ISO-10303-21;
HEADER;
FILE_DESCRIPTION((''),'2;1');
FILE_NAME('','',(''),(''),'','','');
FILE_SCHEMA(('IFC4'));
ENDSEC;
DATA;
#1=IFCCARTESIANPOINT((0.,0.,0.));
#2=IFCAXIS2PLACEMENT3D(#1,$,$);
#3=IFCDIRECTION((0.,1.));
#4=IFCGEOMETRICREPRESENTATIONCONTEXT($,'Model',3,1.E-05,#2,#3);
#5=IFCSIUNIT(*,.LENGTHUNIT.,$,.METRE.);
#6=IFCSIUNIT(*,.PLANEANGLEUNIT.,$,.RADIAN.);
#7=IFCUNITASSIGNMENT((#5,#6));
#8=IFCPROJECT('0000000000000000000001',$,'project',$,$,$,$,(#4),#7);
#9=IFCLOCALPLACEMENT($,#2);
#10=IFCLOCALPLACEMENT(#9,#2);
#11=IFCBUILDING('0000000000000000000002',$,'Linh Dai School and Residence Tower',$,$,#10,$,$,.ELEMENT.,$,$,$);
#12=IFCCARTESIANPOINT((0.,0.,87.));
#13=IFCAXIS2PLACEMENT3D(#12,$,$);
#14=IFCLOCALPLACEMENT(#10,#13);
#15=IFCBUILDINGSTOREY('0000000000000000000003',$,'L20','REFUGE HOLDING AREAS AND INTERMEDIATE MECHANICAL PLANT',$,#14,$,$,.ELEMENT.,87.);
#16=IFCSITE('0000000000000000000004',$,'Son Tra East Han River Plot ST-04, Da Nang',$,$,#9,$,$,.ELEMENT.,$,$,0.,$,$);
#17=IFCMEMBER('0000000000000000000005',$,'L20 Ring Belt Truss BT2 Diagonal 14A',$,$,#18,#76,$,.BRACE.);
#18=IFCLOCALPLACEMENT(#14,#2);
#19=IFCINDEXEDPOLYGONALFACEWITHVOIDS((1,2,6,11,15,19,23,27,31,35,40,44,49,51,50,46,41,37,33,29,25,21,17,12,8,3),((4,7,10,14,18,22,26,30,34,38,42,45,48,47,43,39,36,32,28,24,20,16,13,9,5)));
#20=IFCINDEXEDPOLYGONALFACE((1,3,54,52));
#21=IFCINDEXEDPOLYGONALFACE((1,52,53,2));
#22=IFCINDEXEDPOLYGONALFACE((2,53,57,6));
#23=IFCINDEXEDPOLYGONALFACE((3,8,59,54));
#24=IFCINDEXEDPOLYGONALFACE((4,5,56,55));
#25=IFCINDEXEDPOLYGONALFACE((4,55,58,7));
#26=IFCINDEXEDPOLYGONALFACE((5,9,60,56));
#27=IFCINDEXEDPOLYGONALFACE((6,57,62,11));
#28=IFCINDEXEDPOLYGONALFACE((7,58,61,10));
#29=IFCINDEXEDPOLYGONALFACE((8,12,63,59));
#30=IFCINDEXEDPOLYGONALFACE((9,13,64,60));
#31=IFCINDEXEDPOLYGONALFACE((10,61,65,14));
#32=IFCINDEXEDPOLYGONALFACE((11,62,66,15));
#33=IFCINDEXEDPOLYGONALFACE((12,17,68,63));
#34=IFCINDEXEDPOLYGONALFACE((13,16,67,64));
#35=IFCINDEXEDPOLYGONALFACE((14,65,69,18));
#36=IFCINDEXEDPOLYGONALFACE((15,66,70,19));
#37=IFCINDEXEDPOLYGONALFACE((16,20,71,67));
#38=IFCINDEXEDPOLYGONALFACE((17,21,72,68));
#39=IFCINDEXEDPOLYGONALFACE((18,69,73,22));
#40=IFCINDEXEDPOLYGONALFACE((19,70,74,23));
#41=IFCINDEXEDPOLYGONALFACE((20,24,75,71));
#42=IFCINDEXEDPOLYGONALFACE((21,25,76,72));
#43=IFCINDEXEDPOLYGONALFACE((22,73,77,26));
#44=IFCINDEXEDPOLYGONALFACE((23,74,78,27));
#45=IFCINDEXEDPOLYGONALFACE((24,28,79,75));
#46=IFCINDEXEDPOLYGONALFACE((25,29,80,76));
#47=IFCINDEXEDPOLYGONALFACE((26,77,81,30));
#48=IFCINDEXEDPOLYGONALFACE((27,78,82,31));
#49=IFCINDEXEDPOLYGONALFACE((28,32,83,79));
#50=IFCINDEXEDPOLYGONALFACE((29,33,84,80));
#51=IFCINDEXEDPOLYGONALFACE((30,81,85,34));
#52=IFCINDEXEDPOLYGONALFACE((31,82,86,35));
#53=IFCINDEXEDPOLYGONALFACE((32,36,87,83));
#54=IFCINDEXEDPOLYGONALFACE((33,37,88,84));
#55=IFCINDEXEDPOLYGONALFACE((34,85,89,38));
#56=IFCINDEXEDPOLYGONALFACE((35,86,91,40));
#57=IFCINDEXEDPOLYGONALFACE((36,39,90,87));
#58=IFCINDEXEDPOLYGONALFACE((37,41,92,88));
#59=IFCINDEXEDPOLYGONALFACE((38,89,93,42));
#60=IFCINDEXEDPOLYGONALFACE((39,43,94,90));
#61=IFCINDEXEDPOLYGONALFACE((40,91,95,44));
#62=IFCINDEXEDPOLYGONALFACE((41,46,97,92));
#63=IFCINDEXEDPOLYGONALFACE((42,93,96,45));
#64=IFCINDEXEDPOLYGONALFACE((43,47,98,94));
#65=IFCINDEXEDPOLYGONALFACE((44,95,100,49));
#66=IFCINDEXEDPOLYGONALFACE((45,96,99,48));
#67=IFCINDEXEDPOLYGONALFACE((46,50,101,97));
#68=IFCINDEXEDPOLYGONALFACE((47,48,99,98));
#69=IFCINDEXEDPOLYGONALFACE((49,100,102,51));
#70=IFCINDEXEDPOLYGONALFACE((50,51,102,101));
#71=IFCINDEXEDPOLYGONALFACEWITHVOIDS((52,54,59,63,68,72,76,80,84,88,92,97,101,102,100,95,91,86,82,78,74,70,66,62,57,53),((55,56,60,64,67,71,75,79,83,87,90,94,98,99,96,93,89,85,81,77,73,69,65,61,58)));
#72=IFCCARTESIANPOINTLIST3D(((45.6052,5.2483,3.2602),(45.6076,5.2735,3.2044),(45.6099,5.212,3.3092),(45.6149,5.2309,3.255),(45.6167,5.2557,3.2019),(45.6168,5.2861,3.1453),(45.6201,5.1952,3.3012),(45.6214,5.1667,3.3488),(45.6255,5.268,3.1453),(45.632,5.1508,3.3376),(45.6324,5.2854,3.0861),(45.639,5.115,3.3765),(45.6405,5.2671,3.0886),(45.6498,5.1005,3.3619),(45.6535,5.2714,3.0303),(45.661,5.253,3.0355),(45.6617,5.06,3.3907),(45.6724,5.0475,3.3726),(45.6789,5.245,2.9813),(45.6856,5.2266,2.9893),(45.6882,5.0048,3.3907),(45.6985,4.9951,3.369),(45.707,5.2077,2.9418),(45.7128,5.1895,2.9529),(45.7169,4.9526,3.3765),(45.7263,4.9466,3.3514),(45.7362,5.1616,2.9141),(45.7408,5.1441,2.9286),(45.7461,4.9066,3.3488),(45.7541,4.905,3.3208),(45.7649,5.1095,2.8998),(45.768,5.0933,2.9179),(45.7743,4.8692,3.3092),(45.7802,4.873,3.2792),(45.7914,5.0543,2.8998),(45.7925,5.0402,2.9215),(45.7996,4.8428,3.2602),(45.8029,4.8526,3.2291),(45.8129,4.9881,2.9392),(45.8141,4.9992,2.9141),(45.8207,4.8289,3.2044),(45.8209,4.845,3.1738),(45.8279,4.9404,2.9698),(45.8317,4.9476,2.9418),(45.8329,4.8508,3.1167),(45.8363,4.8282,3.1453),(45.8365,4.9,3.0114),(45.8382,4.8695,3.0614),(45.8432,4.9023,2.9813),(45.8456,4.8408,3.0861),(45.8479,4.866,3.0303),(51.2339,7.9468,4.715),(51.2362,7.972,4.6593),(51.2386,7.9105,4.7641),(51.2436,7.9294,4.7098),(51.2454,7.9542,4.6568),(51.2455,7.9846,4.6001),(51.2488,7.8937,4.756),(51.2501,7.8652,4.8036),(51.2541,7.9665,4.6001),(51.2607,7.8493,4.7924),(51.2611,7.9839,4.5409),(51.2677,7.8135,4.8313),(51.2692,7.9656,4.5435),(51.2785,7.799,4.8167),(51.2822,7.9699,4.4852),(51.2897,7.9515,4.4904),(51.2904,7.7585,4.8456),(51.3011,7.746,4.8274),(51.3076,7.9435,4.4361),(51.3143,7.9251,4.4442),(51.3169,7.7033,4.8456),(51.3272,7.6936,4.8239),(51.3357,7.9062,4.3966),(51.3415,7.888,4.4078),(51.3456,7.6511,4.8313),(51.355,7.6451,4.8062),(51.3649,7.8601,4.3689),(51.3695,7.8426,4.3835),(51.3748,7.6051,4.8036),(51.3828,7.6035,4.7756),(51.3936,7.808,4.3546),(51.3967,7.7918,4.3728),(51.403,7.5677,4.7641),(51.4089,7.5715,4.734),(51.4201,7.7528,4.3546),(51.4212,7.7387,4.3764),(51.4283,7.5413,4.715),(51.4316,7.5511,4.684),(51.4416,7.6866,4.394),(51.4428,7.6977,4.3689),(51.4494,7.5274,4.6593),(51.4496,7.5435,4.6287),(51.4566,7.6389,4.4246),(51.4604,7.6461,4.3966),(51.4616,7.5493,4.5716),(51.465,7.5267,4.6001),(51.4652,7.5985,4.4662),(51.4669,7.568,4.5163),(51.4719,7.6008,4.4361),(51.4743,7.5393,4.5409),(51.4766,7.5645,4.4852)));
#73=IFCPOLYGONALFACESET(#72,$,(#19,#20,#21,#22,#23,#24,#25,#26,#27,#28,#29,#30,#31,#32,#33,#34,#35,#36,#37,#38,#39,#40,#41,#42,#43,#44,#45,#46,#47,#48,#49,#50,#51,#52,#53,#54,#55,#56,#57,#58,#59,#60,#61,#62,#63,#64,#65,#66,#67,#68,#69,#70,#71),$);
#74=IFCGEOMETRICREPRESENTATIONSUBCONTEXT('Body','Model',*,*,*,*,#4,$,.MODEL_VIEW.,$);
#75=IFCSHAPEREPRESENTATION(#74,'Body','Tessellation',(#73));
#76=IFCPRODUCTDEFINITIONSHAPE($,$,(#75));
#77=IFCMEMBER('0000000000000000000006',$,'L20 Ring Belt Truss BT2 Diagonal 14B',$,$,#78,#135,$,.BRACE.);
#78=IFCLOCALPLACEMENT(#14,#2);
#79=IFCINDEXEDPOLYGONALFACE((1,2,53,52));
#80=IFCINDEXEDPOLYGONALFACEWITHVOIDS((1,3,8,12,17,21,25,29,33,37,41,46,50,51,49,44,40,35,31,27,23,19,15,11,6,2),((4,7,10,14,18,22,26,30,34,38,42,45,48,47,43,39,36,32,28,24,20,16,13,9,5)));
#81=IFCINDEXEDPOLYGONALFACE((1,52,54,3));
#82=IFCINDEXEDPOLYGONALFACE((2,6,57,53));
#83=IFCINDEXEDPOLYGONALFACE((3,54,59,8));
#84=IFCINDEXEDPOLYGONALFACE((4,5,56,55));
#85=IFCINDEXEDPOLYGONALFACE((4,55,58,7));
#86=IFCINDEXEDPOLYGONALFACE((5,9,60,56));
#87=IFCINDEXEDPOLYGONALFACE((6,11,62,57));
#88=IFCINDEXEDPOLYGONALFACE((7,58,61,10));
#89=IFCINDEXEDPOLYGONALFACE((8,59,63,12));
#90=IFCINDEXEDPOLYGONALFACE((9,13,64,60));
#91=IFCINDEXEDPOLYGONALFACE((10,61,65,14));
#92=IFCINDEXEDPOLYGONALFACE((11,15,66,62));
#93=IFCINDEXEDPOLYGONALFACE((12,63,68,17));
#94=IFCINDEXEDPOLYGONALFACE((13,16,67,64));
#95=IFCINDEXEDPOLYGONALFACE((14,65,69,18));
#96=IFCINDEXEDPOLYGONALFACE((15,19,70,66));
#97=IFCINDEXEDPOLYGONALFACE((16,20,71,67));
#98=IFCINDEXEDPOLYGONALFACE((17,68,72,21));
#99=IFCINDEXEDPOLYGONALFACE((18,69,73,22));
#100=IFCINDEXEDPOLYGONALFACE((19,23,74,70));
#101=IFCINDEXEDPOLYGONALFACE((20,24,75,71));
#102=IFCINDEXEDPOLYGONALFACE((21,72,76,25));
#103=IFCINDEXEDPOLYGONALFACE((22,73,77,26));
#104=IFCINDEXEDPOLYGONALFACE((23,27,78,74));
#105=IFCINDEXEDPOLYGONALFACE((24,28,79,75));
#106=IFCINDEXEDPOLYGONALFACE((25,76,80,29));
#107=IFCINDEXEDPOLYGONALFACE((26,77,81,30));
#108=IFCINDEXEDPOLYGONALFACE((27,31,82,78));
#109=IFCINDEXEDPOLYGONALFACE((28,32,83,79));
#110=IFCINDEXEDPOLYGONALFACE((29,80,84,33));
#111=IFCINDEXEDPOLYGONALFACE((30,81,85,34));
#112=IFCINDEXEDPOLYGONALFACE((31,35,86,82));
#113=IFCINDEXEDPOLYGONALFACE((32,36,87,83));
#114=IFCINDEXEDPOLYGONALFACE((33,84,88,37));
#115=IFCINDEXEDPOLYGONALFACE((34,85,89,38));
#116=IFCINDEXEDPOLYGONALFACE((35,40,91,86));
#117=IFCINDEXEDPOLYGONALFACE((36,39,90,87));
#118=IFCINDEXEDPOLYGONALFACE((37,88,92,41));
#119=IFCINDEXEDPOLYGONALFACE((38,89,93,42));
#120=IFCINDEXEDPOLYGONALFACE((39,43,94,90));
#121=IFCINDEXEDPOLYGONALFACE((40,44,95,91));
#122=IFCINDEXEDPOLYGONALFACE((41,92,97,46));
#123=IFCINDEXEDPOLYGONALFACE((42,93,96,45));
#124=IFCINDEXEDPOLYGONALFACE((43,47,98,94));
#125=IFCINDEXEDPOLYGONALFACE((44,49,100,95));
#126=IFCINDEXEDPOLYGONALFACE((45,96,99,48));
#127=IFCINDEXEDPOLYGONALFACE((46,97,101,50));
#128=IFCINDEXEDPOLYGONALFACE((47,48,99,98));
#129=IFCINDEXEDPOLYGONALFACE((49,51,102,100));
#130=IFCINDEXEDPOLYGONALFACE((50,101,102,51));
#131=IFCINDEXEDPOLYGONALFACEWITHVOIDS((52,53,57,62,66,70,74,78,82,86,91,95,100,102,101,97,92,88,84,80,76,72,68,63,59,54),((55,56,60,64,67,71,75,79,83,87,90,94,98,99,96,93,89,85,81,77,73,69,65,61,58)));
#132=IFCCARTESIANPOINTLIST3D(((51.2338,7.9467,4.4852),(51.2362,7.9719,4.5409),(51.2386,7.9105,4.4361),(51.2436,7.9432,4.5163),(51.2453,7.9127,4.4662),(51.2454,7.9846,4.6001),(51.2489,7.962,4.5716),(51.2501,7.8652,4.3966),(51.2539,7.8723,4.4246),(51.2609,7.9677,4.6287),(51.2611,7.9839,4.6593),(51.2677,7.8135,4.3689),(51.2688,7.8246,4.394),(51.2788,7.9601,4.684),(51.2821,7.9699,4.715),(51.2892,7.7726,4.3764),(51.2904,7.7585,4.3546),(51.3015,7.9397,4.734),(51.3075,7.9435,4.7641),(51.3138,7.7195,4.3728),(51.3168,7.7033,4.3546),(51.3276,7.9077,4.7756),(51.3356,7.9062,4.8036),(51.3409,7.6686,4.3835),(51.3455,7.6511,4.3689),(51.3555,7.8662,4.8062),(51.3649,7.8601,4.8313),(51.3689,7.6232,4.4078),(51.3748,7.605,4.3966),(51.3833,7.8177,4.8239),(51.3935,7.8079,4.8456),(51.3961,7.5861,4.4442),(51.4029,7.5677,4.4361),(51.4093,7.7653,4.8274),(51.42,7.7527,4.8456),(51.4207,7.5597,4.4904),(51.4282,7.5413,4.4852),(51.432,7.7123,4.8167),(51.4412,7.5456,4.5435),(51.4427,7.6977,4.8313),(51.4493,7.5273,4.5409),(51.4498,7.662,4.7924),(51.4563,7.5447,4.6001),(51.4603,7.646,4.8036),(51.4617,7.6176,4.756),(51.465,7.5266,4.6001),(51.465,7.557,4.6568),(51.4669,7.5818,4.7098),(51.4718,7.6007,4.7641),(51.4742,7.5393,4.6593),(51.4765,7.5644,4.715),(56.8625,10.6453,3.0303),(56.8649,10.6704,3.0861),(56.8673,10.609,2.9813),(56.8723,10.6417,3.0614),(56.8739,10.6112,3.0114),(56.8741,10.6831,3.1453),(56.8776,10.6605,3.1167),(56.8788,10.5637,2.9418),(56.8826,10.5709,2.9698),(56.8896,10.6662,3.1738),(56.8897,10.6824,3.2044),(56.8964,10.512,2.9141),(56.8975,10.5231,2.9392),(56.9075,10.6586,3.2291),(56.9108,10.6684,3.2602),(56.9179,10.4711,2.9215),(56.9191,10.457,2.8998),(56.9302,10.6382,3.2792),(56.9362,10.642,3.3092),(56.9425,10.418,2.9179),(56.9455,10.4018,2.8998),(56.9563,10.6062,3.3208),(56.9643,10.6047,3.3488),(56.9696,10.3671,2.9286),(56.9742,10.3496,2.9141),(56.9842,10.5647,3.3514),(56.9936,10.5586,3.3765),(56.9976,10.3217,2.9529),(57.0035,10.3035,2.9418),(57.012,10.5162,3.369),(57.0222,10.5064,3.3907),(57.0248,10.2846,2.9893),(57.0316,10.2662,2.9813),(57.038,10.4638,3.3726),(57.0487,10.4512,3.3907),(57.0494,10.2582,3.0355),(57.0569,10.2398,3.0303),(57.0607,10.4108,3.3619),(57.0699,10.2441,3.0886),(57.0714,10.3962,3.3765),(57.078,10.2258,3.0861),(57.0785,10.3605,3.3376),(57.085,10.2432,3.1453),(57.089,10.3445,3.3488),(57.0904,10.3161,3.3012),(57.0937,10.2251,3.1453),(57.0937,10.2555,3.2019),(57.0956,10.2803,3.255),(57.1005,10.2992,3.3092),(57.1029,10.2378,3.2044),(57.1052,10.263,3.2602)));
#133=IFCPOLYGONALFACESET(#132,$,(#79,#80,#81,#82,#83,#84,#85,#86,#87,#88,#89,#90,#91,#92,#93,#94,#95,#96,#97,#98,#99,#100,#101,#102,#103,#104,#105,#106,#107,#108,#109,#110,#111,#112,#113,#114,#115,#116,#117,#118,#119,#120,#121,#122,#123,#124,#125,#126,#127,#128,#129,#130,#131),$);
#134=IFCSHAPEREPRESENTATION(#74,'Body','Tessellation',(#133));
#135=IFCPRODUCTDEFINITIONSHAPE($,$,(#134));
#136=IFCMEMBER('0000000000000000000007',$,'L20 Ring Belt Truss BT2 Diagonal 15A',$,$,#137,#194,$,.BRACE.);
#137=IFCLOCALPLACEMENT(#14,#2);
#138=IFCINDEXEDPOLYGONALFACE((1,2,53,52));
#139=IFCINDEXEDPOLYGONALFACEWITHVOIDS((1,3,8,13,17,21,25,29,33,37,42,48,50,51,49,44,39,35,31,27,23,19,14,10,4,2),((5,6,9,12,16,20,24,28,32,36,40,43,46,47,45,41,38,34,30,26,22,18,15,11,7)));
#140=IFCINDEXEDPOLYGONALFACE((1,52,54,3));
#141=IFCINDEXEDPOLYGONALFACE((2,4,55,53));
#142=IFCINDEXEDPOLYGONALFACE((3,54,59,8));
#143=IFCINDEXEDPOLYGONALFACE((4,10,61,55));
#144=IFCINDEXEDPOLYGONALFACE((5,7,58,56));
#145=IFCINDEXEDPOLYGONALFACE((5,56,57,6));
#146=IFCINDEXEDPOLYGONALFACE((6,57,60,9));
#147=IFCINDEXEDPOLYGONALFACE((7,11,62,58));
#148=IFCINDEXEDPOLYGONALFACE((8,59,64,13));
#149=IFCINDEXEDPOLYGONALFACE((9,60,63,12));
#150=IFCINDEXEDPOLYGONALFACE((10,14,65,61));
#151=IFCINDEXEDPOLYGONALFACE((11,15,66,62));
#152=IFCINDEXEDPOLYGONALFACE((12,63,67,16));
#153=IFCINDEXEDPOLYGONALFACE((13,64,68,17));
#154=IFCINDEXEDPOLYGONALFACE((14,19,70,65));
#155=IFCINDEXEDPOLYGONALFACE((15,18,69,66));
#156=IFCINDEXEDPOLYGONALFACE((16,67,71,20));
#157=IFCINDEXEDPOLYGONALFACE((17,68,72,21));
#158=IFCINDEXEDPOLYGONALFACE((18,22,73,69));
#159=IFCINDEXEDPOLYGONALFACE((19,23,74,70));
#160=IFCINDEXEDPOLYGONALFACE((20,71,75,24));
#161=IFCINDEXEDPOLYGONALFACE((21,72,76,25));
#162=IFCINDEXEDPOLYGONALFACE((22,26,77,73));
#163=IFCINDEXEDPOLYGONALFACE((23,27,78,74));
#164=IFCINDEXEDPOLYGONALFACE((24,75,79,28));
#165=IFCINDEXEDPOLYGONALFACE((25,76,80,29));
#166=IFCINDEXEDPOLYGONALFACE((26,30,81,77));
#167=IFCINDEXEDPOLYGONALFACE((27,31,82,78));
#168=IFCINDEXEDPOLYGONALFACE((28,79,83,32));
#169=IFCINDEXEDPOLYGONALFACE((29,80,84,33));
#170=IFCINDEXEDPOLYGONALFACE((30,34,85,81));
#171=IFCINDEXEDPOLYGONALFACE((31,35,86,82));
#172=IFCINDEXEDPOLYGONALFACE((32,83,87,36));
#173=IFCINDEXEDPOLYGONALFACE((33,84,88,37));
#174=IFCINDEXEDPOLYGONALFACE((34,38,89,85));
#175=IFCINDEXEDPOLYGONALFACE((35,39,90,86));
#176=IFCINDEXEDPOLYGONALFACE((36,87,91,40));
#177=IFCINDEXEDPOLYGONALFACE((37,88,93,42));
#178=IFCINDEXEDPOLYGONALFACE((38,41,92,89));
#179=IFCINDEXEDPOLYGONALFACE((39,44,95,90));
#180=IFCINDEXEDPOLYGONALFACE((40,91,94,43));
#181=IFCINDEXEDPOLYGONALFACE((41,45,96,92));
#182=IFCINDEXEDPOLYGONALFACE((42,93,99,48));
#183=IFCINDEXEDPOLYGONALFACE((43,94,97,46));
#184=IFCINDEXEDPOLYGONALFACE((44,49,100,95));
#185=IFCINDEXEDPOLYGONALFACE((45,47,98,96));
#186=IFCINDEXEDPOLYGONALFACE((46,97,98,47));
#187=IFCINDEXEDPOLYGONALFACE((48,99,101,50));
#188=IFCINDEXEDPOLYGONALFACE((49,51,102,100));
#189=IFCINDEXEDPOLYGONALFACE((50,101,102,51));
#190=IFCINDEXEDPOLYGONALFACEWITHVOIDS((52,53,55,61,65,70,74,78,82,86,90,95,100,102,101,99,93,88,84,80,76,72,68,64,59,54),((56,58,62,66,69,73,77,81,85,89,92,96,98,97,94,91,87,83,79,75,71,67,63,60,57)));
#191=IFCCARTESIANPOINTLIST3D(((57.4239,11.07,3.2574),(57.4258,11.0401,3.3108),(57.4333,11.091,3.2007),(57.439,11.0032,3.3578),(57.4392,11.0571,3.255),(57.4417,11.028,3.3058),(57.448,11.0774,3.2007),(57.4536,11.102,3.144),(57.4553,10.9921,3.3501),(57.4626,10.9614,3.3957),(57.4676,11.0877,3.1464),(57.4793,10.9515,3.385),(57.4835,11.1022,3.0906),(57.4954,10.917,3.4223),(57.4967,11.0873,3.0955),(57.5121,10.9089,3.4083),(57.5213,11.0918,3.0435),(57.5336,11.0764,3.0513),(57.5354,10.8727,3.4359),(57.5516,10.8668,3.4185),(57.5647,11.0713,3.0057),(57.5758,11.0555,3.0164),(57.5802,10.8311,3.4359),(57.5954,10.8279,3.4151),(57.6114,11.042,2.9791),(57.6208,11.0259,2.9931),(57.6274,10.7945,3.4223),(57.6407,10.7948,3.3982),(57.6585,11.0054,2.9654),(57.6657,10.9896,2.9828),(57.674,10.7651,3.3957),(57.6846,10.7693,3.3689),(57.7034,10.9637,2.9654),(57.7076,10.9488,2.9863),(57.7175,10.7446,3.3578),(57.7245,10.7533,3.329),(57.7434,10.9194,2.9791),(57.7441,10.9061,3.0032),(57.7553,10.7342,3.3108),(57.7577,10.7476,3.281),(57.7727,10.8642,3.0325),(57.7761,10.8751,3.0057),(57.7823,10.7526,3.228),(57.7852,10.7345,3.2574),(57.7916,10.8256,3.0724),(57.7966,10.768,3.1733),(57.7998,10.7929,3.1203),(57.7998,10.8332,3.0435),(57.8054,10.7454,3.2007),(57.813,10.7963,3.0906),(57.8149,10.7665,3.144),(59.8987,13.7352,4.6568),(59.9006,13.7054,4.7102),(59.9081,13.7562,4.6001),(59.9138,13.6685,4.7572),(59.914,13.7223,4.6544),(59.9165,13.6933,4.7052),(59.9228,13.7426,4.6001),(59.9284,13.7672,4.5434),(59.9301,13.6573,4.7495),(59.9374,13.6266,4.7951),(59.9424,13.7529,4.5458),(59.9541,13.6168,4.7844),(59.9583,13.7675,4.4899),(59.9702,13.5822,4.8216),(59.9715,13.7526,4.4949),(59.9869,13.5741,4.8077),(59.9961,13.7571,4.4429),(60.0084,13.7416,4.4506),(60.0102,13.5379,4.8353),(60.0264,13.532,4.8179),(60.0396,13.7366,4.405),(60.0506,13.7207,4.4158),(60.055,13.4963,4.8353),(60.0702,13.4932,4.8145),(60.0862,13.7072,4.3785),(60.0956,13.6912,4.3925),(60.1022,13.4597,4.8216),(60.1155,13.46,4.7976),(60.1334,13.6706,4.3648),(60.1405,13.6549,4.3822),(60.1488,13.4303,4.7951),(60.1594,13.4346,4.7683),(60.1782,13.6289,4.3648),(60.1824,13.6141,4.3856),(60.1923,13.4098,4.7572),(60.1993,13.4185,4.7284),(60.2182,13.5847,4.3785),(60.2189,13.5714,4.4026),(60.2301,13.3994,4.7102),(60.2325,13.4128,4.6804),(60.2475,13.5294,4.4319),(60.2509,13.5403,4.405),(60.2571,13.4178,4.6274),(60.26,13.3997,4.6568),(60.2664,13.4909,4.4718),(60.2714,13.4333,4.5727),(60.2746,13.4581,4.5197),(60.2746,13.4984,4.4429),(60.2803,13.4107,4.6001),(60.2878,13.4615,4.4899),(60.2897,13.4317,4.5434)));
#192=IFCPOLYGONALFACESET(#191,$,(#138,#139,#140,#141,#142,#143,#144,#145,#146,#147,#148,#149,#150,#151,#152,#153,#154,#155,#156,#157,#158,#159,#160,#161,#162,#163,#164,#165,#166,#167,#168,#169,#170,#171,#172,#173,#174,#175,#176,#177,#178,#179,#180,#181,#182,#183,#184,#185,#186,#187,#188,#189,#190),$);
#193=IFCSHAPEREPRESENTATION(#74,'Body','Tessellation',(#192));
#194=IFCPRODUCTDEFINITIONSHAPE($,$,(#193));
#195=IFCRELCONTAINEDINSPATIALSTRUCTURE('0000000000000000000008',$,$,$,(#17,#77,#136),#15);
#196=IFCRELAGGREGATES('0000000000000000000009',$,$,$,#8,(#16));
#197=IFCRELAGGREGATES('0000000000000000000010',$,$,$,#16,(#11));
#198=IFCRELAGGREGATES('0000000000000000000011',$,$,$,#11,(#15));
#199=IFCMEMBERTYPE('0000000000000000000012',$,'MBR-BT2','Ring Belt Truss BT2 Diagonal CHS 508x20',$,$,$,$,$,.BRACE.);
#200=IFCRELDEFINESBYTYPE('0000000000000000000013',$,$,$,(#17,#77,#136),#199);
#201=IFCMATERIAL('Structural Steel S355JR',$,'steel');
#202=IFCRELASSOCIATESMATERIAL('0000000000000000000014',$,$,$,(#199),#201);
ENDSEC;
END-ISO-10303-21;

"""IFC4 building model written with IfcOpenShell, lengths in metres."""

from ifc_helpers import new_model, si_unit, direction, frame, origin, origin_2d, place, context, subcontext, project, spatial, hollow_circle, extrude, material, material_profile, profile_set, type_object, element, save


model = new_model("IFC4")

# Units and contexts
model_context = context("Model", 3, precision=1e-05, world=origin(), true_north=direction((0.0, 1.0)))
body_context = subcontext(model_context, "Body", "Model", "MODEL_VIEW")
ifc_project = project(units=[si_unit("LENGTHUNIT", "METRE"), si_unit("PLANEANGLEUNIT", "RADIAN")], contexts=[model_context])

# Site, building, storey
site_placement = place(None, origin())
site = spatial("IfcSite", under=ifc_project, at=site_placement, Name="Son Tra East Han River Plot ST-04, Da Nang", CompositionType="ELEMENT", RefElevation=0.0)
building_placement = place(site_placement, origin())
building = spatial("IfcBuilding", under=site, at=building_placement, Name="Linh Dai School and Residence Tower", CompositionType="ELEMENT")
storey_placement = place(building_placement, frame((0.0, 0.0, 87.0)))
storey = spatial("IfcBuildingStorey", under=building, at=storey_placement, Name="L20", Description="REFUGE HOLDING AREAS AND INTERMEDIATE MECHANICAL PLANT", CompositionType="ELEMENT", Elevation=87.0)

# Shared definitions
ifc_material_1 = material(Name="Structural Steel S355JR", Category="steel")

# Members
ifc_material_profile_1 = material_profile(ifc_material_1, hollow_circle(Radius=0.2539, WallThickness=0.02, at=origin_2d()), Name="CHS 508x20")
ifc_profile_set_1 = profile_set([ifc_material_profile_1], Name="Structural Steel S355JR")
member_type_1 = type_object("IfcMemberType", Name="MBR-BT2", Description="Ring Belt Truss BT2 Diagonal CHS 508x20", PredefinedType="BRACE", material=ifc_profile_set_1)
for number, where, z_axis, x_axis, name in (
    (1, (45.7266, 5.0571, 3.1453), (0.878191, 0.421021, 0.226985), (-0.432305, 0.901727, 0.0), "L20 Ring Belt Truss BT2 Diagonal 14A"),
    (2, (56.9839, 10.4541, 3.1453), (-0.878191, -0.421021, 0.226985), (0.432305, -0.901727, 0.0), "L20 Ring Belt Truss BT2 Diagonal 14B"),
):
    element("IfcMember", number, at=place(storey_placement, frame(where, z_axis=z_axis, x_axis=x_axis)), inside=storey, type_object=member_type_1, Name=name, PredefinedType="BRACE", context=body_context, shape_type="SweptSolid", body=[
        extrude(hollow_circle(Radius=0.2539, WallThickness=0.02, at=origin_2d()), origin(), (0.0, 0.0, 1.0), 6.4094),
    ])
member_1_placement = place(storey_placement, frame((57.6194, 10.9182, 3.2007), z_axis=(0.635058, 0.683923, 0.359096), x_axis=(-0.732801, 0.680443, 0.0)))
element("IfcMember", 3, at=member_1_placement, inside=storey, type_object=member_type_1, Name="L20 Ring Belt Truss BT2 Diagonal 15A", PredefinedType="BRACE", context=body_context, shape_type="SweptSolid", body=[
    extrude(hollow_circle(Radius=0.2539, WallThickness=0.02, at=origin_2d()), origin(), (0.0, 0.0, 1.0), 3.897),
])

save(model, "model.ifc")
